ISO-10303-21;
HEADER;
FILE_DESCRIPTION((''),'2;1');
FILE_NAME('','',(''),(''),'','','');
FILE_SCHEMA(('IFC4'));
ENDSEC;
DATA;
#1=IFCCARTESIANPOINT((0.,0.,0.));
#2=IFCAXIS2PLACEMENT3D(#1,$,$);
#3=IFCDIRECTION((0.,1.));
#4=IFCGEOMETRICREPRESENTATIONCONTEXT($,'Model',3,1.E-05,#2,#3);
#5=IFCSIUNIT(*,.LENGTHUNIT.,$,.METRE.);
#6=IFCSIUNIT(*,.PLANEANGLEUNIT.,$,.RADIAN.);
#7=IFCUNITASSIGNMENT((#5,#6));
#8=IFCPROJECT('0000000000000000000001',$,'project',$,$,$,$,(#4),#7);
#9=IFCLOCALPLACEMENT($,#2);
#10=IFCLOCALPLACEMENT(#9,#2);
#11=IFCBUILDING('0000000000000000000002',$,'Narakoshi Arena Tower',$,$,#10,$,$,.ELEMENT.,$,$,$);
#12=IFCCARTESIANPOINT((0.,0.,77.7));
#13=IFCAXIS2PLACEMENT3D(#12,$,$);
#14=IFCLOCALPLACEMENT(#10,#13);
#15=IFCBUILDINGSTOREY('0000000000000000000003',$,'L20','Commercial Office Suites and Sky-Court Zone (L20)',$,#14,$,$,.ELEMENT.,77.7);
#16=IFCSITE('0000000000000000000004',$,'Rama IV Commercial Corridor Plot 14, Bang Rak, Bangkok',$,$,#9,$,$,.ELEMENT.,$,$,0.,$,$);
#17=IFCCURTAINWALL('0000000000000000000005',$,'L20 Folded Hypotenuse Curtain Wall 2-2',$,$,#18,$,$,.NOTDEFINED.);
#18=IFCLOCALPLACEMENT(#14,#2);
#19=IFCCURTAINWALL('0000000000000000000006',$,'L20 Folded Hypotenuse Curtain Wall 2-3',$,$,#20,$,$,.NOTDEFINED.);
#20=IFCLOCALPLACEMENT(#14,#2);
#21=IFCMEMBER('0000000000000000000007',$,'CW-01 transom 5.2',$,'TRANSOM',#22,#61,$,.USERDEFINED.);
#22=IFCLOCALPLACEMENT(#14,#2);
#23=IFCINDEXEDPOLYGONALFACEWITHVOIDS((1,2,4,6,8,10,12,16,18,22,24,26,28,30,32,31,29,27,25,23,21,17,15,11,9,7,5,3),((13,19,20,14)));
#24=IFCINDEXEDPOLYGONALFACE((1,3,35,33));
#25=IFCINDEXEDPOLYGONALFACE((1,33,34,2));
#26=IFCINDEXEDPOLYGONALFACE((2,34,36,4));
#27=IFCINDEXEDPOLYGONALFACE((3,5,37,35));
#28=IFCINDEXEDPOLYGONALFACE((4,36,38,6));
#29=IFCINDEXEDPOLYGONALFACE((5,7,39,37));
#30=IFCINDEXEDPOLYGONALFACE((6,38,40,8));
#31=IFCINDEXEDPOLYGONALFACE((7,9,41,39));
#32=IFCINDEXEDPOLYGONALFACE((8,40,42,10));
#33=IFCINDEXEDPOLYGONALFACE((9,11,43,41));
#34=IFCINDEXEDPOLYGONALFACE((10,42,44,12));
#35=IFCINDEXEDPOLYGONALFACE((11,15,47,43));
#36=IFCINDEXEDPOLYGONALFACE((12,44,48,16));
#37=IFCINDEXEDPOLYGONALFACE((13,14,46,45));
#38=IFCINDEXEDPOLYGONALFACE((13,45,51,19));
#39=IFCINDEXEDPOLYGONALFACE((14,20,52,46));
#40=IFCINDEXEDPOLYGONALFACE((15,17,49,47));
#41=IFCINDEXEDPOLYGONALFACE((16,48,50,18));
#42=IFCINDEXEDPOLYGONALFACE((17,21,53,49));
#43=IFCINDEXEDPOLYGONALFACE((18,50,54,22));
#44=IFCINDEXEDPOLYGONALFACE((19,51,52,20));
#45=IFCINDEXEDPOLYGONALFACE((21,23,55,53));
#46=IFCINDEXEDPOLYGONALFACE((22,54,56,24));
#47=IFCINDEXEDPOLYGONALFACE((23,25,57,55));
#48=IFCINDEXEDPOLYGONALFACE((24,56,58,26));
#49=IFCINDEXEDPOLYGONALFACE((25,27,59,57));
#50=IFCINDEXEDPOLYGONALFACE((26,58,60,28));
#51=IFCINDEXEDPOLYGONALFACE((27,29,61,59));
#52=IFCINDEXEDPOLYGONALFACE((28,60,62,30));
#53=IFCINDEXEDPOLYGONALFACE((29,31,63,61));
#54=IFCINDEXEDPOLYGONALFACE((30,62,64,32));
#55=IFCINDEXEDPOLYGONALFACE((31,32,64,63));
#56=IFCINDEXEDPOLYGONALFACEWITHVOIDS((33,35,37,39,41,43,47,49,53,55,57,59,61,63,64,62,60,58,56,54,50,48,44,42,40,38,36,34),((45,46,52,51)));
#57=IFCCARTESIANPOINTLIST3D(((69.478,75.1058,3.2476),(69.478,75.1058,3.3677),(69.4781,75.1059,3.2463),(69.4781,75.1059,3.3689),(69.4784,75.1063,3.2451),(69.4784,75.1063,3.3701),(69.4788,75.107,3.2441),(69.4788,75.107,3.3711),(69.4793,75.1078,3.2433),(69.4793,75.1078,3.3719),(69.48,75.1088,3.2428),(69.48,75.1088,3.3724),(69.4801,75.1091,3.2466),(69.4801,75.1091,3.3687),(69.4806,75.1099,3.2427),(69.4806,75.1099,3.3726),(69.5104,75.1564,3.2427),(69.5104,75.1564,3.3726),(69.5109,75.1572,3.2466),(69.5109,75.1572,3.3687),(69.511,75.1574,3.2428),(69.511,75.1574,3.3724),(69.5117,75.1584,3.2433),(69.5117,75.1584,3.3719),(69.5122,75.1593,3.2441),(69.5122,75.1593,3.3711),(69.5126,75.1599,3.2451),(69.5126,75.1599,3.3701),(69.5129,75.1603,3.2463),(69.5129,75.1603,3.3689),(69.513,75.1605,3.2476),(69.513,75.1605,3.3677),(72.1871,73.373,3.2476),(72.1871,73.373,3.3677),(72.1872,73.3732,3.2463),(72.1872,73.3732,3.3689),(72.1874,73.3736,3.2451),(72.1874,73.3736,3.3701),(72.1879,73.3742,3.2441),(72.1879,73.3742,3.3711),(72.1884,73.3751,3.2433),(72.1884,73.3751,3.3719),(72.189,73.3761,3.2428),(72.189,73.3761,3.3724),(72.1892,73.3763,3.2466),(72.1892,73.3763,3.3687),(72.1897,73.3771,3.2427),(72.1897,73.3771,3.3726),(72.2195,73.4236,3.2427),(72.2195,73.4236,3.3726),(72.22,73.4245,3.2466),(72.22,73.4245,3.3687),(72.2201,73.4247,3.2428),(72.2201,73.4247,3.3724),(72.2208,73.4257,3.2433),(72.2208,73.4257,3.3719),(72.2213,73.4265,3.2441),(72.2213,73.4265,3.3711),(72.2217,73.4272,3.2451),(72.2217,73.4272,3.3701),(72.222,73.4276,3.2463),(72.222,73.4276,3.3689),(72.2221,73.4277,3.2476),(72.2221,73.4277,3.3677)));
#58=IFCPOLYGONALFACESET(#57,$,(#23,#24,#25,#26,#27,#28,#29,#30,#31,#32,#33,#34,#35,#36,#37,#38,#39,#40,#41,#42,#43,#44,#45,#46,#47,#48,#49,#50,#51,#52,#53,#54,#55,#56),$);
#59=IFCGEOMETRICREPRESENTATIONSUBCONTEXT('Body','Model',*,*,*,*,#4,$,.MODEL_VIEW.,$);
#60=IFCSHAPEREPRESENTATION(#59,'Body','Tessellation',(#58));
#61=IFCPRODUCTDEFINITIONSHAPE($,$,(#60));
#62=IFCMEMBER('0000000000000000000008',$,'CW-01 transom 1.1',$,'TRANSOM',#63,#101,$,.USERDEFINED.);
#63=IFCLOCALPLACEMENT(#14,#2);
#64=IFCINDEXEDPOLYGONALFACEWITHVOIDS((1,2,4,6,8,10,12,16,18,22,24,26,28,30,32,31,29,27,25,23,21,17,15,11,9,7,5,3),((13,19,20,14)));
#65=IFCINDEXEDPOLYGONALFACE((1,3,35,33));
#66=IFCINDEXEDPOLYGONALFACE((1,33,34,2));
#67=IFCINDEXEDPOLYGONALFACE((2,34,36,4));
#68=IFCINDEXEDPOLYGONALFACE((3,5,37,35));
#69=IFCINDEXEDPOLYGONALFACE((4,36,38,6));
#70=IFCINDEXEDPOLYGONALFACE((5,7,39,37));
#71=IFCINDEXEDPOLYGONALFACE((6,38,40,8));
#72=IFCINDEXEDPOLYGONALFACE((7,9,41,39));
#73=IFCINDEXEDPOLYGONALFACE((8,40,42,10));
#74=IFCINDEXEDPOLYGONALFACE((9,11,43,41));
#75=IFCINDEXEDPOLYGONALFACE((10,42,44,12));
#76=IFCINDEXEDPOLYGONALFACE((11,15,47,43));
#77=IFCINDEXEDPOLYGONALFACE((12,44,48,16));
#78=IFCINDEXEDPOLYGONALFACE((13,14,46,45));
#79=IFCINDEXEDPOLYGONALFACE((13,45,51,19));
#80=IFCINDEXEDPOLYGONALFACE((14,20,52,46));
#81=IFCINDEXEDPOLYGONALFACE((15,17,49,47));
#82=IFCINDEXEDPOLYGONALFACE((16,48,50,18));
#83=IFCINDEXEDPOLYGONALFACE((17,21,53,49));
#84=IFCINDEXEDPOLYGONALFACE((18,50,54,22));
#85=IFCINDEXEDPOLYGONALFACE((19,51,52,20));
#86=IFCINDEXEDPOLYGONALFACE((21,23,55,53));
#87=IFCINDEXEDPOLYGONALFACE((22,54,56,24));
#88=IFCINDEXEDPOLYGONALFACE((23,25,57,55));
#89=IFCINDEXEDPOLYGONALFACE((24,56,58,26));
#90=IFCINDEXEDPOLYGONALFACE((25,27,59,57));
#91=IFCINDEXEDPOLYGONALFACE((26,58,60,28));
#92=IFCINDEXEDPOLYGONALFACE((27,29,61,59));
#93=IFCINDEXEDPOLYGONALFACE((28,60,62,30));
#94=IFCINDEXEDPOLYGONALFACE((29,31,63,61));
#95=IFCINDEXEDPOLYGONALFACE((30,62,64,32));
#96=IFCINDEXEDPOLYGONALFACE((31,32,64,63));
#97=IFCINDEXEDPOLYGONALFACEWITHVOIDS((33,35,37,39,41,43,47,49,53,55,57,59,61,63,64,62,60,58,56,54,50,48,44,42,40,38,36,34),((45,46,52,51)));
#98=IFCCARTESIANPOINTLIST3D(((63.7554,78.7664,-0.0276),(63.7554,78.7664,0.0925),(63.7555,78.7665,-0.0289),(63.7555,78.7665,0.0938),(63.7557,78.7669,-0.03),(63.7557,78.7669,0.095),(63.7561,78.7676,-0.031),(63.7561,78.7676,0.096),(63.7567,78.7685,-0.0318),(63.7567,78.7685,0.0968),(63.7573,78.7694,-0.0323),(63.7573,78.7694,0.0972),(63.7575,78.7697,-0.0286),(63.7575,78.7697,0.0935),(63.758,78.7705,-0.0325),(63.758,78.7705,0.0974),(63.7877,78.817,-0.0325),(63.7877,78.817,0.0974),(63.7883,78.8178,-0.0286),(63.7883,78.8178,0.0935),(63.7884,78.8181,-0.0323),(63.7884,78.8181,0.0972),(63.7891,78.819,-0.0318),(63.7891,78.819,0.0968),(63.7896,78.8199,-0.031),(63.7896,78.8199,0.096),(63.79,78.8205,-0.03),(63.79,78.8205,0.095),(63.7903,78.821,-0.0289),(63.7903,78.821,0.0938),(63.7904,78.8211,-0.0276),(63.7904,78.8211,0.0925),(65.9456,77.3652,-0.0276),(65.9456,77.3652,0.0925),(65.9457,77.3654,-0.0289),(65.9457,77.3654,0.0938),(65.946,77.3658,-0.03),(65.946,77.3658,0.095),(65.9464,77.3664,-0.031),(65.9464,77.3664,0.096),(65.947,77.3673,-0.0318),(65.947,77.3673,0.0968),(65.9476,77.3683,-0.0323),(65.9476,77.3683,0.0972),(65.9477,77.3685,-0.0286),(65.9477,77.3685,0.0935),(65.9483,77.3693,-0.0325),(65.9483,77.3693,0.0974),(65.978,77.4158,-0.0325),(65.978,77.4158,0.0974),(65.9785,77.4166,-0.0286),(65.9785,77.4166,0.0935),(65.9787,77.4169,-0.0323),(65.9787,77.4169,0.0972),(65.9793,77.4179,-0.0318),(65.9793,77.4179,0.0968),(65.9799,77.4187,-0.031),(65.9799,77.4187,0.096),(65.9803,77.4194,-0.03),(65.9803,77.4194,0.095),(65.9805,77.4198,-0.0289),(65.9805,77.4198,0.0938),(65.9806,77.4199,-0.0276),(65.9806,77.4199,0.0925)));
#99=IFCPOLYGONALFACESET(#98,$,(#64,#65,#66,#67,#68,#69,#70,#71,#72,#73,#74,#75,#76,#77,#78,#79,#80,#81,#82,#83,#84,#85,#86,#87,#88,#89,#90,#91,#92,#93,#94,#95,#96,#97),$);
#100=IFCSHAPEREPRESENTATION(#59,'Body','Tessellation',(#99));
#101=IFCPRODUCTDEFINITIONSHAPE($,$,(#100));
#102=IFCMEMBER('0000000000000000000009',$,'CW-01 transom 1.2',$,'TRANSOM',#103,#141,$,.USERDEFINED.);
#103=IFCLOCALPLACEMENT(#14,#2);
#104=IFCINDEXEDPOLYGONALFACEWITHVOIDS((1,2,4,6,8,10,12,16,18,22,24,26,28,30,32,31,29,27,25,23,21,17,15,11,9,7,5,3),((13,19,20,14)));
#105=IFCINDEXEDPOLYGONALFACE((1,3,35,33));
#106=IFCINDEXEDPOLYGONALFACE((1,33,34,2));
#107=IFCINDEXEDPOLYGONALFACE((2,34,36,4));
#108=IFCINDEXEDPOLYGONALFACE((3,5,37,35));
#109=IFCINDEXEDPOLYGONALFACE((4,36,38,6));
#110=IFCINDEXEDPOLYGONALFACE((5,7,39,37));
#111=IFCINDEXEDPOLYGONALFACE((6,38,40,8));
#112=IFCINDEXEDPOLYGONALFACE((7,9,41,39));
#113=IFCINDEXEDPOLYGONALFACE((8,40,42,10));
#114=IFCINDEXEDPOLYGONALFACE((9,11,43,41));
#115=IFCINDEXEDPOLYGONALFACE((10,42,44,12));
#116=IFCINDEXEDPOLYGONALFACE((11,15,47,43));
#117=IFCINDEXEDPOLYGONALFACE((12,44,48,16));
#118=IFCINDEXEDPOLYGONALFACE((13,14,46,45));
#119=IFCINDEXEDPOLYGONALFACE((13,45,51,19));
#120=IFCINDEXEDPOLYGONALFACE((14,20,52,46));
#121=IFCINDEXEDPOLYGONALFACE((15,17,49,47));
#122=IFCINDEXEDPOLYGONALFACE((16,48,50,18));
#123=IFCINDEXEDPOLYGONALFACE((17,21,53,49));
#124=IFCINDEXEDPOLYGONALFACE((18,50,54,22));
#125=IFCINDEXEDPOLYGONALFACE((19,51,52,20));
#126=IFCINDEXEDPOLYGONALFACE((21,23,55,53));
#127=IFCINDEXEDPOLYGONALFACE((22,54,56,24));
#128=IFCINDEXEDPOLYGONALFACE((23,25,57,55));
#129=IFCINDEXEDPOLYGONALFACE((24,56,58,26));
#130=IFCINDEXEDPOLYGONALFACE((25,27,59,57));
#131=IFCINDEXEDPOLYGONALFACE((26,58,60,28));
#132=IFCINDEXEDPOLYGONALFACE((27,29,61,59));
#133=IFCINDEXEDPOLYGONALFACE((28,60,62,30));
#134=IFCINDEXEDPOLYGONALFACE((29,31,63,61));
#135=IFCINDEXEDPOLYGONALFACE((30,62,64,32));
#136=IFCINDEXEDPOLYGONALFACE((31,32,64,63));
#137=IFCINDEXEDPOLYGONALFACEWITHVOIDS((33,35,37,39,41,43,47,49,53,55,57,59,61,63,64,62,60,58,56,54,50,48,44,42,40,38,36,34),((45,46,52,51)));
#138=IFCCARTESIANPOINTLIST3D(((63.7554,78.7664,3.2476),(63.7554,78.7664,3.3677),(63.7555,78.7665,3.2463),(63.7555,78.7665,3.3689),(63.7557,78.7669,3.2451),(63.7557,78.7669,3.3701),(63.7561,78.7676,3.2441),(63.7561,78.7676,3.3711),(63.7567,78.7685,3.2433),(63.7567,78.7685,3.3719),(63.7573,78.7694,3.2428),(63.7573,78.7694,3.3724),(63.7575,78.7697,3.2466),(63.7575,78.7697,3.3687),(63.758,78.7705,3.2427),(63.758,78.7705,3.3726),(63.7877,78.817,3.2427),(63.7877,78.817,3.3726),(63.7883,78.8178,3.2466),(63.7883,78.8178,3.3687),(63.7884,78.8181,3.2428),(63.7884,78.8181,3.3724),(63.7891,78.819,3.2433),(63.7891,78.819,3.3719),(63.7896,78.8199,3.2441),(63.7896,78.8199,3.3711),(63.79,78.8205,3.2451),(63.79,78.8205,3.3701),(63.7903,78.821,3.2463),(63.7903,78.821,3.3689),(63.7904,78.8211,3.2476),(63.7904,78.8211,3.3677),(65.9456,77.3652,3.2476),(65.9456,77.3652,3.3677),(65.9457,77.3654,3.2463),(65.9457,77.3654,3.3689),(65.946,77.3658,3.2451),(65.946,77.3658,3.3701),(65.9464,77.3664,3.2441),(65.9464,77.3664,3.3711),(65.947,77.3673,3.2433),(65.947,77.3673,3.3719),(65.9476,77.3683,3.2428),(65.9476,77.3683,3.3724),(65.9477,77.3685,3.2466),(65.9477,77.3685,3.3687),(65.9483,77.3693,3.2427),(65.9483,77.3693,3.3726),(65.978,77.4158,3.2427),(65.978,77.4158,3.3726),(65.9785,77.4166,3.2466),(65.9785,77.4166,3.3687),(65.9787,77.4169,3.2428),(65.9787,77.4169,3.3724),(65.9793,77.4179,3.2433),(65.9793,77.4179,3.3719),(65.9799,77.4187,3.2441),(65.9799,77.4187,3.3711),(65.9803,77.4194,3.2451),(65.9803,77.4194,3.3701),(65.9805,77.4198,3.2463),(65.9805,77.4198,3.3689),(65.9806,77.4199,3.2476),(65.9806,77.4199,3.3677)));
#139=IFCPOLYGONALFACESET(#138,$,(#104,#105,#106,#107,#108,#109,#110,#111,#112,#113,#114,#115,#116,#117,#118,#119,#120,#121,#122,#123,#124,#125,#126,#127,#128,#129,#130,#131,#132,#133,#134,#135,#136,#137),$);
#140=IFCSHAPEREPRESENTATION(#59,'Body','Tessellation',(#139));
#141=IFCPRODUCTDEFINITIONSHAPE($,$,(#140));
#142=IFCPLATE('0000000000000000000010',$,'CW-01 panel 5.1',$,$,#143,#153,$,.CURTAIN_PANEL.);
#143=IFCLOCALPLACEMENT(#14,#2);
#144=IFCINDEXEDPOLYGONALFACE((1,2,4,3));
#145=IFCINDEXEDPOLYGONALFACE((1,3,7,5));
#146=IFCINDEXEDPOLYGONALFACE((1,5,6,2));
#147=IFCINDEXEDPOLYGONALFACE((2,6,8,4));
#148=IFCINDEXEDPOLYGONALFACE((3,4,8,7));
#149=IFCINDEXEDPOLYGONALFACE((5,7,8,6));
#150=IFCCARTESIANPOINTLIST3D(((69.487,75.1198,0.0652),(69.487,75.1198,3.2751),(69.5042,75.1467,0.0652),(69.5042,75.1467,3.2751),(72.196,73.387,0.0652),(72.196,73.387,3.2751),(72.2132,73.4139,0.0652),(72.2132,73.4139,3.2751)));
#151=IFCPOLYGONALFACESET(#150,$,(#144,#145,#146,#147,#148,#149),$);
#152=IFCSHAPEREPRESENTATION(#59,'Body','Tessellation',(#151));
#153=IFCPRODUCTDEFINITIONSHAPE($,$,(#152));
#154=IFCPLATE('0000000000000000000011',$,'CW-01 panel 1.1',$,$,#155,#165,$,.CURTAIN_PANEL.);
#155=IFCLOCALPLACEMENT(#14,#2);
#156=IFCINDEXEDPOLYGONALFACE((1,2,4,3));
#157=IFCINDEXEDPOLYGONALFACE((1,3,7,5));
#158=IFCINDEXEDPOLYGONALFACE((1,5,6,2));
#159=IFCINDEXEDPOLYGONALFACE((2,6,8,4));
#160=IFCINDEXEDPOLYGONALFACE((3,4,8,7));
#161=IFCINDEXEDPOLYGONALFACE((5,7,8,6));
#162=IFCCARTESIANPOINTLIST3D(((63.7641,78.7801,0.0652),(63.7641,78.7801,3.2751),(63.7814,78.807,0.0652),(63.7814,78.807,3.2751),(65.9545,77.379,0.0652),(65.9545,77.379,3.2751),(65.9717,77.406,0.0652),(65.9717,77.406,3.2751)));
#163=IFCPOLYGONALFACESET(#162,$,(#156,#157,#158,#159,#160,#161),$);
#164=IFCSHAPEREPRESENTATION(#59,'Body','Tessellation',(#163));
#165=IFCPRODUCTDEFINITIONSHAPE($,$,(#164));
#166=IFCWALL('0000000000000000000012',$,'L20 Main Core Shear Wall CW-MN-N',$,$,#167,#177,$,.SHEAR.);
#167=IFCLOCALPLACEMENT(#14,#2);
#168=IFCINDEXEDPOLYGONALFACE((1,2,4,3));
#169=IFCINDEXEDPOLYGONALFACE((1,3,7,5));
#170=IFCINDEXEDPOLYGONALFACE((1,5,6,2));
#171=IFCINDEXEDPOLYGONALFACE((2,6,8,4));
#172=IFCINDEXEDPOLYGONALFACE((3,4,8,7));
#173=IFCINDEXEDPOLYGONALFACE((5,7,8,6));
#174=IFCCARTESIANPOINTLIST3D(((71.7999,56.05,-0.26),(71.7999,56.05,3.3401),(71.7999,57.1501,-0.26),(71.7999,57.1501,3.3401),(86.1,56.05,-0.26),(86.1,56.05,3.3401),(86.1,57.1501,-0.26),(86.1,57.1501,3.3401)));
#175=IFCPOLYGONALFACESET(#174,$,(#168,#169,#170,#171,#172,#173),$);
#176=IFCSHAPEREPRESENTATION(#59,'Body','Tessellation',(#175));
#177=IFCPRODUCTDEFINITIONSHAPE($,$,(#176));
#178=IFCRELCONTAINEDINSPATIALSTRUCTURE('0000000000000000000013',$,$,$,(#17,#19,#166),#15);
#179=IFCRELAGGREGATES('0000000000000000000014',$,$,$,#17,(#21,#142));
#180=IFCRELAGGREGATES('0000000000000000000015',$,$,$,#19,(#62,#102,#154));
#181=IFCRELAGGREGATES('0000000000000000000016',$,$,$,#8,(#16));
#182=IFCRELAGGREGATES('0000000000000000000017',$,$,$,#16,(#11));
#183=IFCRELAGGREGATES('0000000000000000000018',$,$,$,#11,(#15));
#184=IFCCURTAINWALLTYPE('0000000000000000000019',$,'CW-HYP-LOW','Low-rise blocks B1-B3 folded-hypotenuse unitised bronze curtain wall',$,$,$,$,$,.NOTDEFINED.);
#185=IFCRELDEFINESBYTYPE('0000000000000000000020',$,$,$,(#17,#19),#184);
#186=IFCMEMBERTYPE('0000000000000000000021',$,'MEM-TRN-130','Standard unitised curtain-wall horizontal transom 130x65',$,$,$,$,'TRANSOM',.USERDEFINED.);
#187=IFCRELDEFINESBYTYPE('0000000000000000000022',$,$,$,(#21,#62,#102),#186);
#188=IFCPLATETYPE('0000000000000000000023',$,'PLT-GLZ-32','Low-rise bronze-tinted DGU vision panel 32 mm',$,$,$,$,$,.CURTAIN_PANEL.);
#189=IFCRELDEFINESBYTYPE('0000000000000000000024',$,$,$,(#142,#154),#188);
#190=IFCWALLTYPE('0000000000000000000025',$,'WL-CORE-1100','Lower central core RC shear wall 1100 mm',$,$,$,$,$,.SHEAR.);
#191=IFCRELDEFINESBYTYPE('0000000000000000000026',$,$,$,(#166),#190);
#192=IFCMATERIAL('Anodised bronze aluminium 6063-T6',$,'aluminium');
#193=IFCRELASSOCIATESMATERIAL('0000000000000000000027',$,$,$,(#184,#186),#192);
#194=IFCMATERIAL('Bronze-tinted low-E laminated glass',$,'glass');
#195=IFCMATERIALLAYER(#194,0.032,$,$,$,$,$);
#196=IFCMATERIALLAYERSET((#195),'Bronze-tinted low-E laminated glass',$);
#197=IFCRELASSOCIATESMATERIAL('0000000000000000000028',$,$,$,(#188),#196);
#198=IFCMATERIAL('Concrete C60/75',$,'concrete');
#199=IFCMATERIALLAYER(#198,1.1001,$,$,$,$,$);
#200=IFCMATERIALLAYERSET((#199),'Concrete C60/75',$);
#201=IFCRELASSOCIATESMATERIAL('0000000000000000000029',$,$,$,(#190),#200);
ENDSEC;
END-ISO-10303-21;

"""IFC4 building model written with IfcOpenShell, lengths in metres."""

from ifc_helpers import new_model, si_unit, direction, frame, frame_2d, origin, origin_2d, place, context, subcontext, project, spatial, rectangle, hollow_rectangle, extrude, material, layer, layer_set, material_profile, profile_set, type_object, element, aggregate, save


model = new_model("IFC4")

# Units and contexts
model_context = context("Model", 3, precision=1e-05, world=origin(), true_north=direction((0.0, 1.0)))
body_context = subcontext(model_context, "Body", "Model", "MODEL_VIEW")
ifc_project = project(units=[si_unit("LENGTHUNIT", "METRE"), si_unit("PLANEANGLEUNIT", "RADIAN")], contexts=[model_context])

# Site, building, storey
site_placement = place(None, origin())
site = spatial("IfcSite", under=ifc_project, at=site_placement, Name="Rama IV Commercial Corridor Plot 14, Bang Rak, Bangkok", CompositionType="ELEMENT", RefElevation=0.0)
building_placement = place(site_placement, origin())
building = spatial("IfcBuilding", under=site, at=building_placement, Name="Narakoshi Arena Tower", CompositionType="ELEMENT")
storey_placement = place(building_placement, frame((0.0, 0.0, 77.7)))
storey = spatial("IfcBuildingStorey", under=building, at=storey_placement, Name="L20", Description="Commercial Office Suites and Sky-Court Zone (L20)", CompositionType="ELEMENT", Elevation=77.7)

# Shared definitions
ifc_material_1 = material(Name="Concrete C60/75", Category="concrete")

# Curtain wall
ifc_material_2 = material(Name="Anodised bronze aluminium 6063-T6", Category="aluminium")
curtain_wall_type = type_object("IfcCurtainWallType", Name="CW-HYP-LOW", Description="Low-rise blocks B1-B3 folded-hypotenuse unitised bronze curtain wall", PredefinedType="NOTDEFINED", material=ifc_material_2)
curtain_wall_1_placement = place(storey_placement, origin())
curtain_wall_1 = element("IfcCurtainWall", 1, at=curtain_wall_1_placement, inside=storey, type_object=curtain_wall_type, Name="L20 Folded Hypotenuse Curtain Wall 2-2", PredefinedType="NOTDEFINED")

# Curtain wall
curtain_wall_2_placement = place(storey_placement, origin())
curtain_wall_2 = element("IfcCurtainWall", 2, at=curtain_wall_2_placement, inside=storey, type_object=curtain_wall_type, Name="L20 Folded Hypotenuse Curtain Wall 2-3", PredefinedType="NOTDEFINED")

# Members
ifc_material_profile_1 = material_profile(ifc_material_2, hollow_rectangle(XDim=0.0649, YDim=0.1299, WallThickness=0.0039, OuterFilletRadius=0.0049, at=origin_2d()), Name="TRN130x65x4")
ifc_profile_set_1 = profile_set([ifc_material_profile_1], Name="Anodised bronze aluminium 6063-T6")
member_type_1 = type_object("IfcMemberType", Name="MEM-TRN-130", Description="Standard unitised curtain-wall horizontal transom 130x65", ElementType="TRANSOM", PredefinedType="USERDEFINED", material=ifc_profile_set_1)
member_1_placement = place(storey_placement, frame((72.2046, 73.4004, 3.3076), z_axis=(-0.842424, 0.538815, 0.0), x_axis=(-0.538815, -0.842424, 0.0)))
member_1 = element("IfcMember", 3, at=member_1_placement, type_object=member_type_1, Name="CW-01 transom 5.2", ObjectType="TRANSOM", PredefinedType="USERDEFINED", context=body_context, shape_type="SweptSolid", body=[
    extrude(hollow_rectangle(XDim=0.0649, YDim=0.1299, WallThickness=0.0039, OuterFilletRadius=0.0049, at=origin_2d()), origin(), (0.0, 0.0, 1.0), 3.2158),
])
member_2_placement = place(storey_placement, frame((65.9631, 77.3926, 0.0325), z_axis=(-0.842375, 0.538891, 0.0), x_axis=(-0.538891, -0.842375, 0.0)))
member_2 = element("IfcMember", 4, at=member_2_placement, type_object=member_type_1, Name="CW-01 transom 1.1", ObjectType="TRANSOM", PredefinedType="USERDEFINED", context=body_context, shape_type="SweptSolid", body=[
    extrude(hollow_rectangle(XDim=0.0649, YDim=0.1299, WallThickness=0.0039, OuterFilletRadius=0.0049, at=origin_2d()), origin(), (0.0, 0.0, 1.0), 2.6001),
])
member_3_placement = place(storey_placement, frame((65.9631, 77.3926, 3.3076), z_axis=(-0.842375, 0.538891, 0.0), x_axis=(-0.538891, -0.842375, 0.0)))
member_3 = element("IfcMember", 5, at=member_3_placement, type_object=member_type_1, Name="CW-01 transom 1.2", ObjectType="TRANSOM", PredefinedType="USERDEFINED", context=body_context, shape_type="SweptSolid", body=[
    extrude(hollow_rectangle(XDim=0.0649, YDim=0.1299, WallThickness=0.0039, OuterFilletRadius=0.0049, at=origin_2d()), origin(), (0.0, 0.0, 1.0), 2.6001),
])

# Plates
ifc_material_3 = material(Name="Bronze-tinted low-E laminated glass", Category="glass")
ifc_layer_1 = layer(ifc_material_3, 0.032)
ifc_layer_set_1 = layer_set([ifc_layer_1], Name="Bronze-tinted low-E laminated glass")
plate_type = type_object("IfcPlateType", Name="PLT-GLZ-32", Description="Low-rise bronze-tinted DGU vision panel 32 mm", PredefinedType="CURTAIN_PANEL", material=ifc_layer_set_1)
plate_1_placement = place(storey_placement, frame((70.8501, 74.2668, 0.0652), z_axis=(0.0, 0.0, 1.0), x_axis=(-0.842415, 0.538829, 0.0)))
plate_1 = element("IfcPlate", 6, at=plate_1_placement, type_object=plate_type, Name="CW-01 panel 5.1", PredefinedType="CURTAIN_PANEL", context=body_context, shape_type="SweptSolid", body=[
    extrude(rectangle(XDim=3.2158, YDim=0.032, at=origin_2d()), origin(), (0.0, 0.0, 1.0), 3.21),
])
aggregate(curtain_wall_1, [member_1, plate_1])
plate_2_placement = place(storey_placement, frame((64.8679, 78.093, 0.0652), z_axis=(0.0, 0.0, 1.0), x_axis=(-0.842407, 0.538841, 0.0)))
plate_2 = element("IfcPlate", 7, at=plate_2_placement, type_object=plate_type, Name="CW-01 panel 1.1", PredefinedType="CURTAIN_PANEL", context=body_context, shape_type="SweptSolid", body=[
    extrude(rectangle(XDim=2.6001, YDim=0.032, at=origin_2d()), origin(), (0.0, 0.0, 1.0), 3.21),
])
aggregate(curtain_wall_2, [member_2, member_3, plate_2])

# Wall
ifc_layer_2 = layer(ifc_material_1, 1.1001)
ifc_layer_set_2 = layer_set([ifc_layer_2], Name="Concrete C60/75")
wall_type_1 = type_object("IfcWallType", Name="WL-CORE-1100", Description="Lower central core RC shear wall 1100 mm", PredefinedType="SHEAR", material=ifc_layer_set_2)
wall_1_placement = place(storey_placement, frame((71.8, 56.6001, -0.26), z_axis=(0.0, 0.0, 1.0), x_axis=(1.0, 0.0, 0.0)))
element("IfcWall", 8, at=wall_1_placement, inside=storey, type_object=wall_type_1, Name="L20 Main Core Shear Wall CW-MN-N", PredefinedType="SHEAR", context=body_context, shape_type="SweptSolid", body=[
    extrude(rectangle(XDim=14.3, YDim=1.1001, at=frame_2d((7.1499, 0.0))), origin(), (0.0, 0.0, 1.0), 3.6001),
])

save(model, "model.ifc")
